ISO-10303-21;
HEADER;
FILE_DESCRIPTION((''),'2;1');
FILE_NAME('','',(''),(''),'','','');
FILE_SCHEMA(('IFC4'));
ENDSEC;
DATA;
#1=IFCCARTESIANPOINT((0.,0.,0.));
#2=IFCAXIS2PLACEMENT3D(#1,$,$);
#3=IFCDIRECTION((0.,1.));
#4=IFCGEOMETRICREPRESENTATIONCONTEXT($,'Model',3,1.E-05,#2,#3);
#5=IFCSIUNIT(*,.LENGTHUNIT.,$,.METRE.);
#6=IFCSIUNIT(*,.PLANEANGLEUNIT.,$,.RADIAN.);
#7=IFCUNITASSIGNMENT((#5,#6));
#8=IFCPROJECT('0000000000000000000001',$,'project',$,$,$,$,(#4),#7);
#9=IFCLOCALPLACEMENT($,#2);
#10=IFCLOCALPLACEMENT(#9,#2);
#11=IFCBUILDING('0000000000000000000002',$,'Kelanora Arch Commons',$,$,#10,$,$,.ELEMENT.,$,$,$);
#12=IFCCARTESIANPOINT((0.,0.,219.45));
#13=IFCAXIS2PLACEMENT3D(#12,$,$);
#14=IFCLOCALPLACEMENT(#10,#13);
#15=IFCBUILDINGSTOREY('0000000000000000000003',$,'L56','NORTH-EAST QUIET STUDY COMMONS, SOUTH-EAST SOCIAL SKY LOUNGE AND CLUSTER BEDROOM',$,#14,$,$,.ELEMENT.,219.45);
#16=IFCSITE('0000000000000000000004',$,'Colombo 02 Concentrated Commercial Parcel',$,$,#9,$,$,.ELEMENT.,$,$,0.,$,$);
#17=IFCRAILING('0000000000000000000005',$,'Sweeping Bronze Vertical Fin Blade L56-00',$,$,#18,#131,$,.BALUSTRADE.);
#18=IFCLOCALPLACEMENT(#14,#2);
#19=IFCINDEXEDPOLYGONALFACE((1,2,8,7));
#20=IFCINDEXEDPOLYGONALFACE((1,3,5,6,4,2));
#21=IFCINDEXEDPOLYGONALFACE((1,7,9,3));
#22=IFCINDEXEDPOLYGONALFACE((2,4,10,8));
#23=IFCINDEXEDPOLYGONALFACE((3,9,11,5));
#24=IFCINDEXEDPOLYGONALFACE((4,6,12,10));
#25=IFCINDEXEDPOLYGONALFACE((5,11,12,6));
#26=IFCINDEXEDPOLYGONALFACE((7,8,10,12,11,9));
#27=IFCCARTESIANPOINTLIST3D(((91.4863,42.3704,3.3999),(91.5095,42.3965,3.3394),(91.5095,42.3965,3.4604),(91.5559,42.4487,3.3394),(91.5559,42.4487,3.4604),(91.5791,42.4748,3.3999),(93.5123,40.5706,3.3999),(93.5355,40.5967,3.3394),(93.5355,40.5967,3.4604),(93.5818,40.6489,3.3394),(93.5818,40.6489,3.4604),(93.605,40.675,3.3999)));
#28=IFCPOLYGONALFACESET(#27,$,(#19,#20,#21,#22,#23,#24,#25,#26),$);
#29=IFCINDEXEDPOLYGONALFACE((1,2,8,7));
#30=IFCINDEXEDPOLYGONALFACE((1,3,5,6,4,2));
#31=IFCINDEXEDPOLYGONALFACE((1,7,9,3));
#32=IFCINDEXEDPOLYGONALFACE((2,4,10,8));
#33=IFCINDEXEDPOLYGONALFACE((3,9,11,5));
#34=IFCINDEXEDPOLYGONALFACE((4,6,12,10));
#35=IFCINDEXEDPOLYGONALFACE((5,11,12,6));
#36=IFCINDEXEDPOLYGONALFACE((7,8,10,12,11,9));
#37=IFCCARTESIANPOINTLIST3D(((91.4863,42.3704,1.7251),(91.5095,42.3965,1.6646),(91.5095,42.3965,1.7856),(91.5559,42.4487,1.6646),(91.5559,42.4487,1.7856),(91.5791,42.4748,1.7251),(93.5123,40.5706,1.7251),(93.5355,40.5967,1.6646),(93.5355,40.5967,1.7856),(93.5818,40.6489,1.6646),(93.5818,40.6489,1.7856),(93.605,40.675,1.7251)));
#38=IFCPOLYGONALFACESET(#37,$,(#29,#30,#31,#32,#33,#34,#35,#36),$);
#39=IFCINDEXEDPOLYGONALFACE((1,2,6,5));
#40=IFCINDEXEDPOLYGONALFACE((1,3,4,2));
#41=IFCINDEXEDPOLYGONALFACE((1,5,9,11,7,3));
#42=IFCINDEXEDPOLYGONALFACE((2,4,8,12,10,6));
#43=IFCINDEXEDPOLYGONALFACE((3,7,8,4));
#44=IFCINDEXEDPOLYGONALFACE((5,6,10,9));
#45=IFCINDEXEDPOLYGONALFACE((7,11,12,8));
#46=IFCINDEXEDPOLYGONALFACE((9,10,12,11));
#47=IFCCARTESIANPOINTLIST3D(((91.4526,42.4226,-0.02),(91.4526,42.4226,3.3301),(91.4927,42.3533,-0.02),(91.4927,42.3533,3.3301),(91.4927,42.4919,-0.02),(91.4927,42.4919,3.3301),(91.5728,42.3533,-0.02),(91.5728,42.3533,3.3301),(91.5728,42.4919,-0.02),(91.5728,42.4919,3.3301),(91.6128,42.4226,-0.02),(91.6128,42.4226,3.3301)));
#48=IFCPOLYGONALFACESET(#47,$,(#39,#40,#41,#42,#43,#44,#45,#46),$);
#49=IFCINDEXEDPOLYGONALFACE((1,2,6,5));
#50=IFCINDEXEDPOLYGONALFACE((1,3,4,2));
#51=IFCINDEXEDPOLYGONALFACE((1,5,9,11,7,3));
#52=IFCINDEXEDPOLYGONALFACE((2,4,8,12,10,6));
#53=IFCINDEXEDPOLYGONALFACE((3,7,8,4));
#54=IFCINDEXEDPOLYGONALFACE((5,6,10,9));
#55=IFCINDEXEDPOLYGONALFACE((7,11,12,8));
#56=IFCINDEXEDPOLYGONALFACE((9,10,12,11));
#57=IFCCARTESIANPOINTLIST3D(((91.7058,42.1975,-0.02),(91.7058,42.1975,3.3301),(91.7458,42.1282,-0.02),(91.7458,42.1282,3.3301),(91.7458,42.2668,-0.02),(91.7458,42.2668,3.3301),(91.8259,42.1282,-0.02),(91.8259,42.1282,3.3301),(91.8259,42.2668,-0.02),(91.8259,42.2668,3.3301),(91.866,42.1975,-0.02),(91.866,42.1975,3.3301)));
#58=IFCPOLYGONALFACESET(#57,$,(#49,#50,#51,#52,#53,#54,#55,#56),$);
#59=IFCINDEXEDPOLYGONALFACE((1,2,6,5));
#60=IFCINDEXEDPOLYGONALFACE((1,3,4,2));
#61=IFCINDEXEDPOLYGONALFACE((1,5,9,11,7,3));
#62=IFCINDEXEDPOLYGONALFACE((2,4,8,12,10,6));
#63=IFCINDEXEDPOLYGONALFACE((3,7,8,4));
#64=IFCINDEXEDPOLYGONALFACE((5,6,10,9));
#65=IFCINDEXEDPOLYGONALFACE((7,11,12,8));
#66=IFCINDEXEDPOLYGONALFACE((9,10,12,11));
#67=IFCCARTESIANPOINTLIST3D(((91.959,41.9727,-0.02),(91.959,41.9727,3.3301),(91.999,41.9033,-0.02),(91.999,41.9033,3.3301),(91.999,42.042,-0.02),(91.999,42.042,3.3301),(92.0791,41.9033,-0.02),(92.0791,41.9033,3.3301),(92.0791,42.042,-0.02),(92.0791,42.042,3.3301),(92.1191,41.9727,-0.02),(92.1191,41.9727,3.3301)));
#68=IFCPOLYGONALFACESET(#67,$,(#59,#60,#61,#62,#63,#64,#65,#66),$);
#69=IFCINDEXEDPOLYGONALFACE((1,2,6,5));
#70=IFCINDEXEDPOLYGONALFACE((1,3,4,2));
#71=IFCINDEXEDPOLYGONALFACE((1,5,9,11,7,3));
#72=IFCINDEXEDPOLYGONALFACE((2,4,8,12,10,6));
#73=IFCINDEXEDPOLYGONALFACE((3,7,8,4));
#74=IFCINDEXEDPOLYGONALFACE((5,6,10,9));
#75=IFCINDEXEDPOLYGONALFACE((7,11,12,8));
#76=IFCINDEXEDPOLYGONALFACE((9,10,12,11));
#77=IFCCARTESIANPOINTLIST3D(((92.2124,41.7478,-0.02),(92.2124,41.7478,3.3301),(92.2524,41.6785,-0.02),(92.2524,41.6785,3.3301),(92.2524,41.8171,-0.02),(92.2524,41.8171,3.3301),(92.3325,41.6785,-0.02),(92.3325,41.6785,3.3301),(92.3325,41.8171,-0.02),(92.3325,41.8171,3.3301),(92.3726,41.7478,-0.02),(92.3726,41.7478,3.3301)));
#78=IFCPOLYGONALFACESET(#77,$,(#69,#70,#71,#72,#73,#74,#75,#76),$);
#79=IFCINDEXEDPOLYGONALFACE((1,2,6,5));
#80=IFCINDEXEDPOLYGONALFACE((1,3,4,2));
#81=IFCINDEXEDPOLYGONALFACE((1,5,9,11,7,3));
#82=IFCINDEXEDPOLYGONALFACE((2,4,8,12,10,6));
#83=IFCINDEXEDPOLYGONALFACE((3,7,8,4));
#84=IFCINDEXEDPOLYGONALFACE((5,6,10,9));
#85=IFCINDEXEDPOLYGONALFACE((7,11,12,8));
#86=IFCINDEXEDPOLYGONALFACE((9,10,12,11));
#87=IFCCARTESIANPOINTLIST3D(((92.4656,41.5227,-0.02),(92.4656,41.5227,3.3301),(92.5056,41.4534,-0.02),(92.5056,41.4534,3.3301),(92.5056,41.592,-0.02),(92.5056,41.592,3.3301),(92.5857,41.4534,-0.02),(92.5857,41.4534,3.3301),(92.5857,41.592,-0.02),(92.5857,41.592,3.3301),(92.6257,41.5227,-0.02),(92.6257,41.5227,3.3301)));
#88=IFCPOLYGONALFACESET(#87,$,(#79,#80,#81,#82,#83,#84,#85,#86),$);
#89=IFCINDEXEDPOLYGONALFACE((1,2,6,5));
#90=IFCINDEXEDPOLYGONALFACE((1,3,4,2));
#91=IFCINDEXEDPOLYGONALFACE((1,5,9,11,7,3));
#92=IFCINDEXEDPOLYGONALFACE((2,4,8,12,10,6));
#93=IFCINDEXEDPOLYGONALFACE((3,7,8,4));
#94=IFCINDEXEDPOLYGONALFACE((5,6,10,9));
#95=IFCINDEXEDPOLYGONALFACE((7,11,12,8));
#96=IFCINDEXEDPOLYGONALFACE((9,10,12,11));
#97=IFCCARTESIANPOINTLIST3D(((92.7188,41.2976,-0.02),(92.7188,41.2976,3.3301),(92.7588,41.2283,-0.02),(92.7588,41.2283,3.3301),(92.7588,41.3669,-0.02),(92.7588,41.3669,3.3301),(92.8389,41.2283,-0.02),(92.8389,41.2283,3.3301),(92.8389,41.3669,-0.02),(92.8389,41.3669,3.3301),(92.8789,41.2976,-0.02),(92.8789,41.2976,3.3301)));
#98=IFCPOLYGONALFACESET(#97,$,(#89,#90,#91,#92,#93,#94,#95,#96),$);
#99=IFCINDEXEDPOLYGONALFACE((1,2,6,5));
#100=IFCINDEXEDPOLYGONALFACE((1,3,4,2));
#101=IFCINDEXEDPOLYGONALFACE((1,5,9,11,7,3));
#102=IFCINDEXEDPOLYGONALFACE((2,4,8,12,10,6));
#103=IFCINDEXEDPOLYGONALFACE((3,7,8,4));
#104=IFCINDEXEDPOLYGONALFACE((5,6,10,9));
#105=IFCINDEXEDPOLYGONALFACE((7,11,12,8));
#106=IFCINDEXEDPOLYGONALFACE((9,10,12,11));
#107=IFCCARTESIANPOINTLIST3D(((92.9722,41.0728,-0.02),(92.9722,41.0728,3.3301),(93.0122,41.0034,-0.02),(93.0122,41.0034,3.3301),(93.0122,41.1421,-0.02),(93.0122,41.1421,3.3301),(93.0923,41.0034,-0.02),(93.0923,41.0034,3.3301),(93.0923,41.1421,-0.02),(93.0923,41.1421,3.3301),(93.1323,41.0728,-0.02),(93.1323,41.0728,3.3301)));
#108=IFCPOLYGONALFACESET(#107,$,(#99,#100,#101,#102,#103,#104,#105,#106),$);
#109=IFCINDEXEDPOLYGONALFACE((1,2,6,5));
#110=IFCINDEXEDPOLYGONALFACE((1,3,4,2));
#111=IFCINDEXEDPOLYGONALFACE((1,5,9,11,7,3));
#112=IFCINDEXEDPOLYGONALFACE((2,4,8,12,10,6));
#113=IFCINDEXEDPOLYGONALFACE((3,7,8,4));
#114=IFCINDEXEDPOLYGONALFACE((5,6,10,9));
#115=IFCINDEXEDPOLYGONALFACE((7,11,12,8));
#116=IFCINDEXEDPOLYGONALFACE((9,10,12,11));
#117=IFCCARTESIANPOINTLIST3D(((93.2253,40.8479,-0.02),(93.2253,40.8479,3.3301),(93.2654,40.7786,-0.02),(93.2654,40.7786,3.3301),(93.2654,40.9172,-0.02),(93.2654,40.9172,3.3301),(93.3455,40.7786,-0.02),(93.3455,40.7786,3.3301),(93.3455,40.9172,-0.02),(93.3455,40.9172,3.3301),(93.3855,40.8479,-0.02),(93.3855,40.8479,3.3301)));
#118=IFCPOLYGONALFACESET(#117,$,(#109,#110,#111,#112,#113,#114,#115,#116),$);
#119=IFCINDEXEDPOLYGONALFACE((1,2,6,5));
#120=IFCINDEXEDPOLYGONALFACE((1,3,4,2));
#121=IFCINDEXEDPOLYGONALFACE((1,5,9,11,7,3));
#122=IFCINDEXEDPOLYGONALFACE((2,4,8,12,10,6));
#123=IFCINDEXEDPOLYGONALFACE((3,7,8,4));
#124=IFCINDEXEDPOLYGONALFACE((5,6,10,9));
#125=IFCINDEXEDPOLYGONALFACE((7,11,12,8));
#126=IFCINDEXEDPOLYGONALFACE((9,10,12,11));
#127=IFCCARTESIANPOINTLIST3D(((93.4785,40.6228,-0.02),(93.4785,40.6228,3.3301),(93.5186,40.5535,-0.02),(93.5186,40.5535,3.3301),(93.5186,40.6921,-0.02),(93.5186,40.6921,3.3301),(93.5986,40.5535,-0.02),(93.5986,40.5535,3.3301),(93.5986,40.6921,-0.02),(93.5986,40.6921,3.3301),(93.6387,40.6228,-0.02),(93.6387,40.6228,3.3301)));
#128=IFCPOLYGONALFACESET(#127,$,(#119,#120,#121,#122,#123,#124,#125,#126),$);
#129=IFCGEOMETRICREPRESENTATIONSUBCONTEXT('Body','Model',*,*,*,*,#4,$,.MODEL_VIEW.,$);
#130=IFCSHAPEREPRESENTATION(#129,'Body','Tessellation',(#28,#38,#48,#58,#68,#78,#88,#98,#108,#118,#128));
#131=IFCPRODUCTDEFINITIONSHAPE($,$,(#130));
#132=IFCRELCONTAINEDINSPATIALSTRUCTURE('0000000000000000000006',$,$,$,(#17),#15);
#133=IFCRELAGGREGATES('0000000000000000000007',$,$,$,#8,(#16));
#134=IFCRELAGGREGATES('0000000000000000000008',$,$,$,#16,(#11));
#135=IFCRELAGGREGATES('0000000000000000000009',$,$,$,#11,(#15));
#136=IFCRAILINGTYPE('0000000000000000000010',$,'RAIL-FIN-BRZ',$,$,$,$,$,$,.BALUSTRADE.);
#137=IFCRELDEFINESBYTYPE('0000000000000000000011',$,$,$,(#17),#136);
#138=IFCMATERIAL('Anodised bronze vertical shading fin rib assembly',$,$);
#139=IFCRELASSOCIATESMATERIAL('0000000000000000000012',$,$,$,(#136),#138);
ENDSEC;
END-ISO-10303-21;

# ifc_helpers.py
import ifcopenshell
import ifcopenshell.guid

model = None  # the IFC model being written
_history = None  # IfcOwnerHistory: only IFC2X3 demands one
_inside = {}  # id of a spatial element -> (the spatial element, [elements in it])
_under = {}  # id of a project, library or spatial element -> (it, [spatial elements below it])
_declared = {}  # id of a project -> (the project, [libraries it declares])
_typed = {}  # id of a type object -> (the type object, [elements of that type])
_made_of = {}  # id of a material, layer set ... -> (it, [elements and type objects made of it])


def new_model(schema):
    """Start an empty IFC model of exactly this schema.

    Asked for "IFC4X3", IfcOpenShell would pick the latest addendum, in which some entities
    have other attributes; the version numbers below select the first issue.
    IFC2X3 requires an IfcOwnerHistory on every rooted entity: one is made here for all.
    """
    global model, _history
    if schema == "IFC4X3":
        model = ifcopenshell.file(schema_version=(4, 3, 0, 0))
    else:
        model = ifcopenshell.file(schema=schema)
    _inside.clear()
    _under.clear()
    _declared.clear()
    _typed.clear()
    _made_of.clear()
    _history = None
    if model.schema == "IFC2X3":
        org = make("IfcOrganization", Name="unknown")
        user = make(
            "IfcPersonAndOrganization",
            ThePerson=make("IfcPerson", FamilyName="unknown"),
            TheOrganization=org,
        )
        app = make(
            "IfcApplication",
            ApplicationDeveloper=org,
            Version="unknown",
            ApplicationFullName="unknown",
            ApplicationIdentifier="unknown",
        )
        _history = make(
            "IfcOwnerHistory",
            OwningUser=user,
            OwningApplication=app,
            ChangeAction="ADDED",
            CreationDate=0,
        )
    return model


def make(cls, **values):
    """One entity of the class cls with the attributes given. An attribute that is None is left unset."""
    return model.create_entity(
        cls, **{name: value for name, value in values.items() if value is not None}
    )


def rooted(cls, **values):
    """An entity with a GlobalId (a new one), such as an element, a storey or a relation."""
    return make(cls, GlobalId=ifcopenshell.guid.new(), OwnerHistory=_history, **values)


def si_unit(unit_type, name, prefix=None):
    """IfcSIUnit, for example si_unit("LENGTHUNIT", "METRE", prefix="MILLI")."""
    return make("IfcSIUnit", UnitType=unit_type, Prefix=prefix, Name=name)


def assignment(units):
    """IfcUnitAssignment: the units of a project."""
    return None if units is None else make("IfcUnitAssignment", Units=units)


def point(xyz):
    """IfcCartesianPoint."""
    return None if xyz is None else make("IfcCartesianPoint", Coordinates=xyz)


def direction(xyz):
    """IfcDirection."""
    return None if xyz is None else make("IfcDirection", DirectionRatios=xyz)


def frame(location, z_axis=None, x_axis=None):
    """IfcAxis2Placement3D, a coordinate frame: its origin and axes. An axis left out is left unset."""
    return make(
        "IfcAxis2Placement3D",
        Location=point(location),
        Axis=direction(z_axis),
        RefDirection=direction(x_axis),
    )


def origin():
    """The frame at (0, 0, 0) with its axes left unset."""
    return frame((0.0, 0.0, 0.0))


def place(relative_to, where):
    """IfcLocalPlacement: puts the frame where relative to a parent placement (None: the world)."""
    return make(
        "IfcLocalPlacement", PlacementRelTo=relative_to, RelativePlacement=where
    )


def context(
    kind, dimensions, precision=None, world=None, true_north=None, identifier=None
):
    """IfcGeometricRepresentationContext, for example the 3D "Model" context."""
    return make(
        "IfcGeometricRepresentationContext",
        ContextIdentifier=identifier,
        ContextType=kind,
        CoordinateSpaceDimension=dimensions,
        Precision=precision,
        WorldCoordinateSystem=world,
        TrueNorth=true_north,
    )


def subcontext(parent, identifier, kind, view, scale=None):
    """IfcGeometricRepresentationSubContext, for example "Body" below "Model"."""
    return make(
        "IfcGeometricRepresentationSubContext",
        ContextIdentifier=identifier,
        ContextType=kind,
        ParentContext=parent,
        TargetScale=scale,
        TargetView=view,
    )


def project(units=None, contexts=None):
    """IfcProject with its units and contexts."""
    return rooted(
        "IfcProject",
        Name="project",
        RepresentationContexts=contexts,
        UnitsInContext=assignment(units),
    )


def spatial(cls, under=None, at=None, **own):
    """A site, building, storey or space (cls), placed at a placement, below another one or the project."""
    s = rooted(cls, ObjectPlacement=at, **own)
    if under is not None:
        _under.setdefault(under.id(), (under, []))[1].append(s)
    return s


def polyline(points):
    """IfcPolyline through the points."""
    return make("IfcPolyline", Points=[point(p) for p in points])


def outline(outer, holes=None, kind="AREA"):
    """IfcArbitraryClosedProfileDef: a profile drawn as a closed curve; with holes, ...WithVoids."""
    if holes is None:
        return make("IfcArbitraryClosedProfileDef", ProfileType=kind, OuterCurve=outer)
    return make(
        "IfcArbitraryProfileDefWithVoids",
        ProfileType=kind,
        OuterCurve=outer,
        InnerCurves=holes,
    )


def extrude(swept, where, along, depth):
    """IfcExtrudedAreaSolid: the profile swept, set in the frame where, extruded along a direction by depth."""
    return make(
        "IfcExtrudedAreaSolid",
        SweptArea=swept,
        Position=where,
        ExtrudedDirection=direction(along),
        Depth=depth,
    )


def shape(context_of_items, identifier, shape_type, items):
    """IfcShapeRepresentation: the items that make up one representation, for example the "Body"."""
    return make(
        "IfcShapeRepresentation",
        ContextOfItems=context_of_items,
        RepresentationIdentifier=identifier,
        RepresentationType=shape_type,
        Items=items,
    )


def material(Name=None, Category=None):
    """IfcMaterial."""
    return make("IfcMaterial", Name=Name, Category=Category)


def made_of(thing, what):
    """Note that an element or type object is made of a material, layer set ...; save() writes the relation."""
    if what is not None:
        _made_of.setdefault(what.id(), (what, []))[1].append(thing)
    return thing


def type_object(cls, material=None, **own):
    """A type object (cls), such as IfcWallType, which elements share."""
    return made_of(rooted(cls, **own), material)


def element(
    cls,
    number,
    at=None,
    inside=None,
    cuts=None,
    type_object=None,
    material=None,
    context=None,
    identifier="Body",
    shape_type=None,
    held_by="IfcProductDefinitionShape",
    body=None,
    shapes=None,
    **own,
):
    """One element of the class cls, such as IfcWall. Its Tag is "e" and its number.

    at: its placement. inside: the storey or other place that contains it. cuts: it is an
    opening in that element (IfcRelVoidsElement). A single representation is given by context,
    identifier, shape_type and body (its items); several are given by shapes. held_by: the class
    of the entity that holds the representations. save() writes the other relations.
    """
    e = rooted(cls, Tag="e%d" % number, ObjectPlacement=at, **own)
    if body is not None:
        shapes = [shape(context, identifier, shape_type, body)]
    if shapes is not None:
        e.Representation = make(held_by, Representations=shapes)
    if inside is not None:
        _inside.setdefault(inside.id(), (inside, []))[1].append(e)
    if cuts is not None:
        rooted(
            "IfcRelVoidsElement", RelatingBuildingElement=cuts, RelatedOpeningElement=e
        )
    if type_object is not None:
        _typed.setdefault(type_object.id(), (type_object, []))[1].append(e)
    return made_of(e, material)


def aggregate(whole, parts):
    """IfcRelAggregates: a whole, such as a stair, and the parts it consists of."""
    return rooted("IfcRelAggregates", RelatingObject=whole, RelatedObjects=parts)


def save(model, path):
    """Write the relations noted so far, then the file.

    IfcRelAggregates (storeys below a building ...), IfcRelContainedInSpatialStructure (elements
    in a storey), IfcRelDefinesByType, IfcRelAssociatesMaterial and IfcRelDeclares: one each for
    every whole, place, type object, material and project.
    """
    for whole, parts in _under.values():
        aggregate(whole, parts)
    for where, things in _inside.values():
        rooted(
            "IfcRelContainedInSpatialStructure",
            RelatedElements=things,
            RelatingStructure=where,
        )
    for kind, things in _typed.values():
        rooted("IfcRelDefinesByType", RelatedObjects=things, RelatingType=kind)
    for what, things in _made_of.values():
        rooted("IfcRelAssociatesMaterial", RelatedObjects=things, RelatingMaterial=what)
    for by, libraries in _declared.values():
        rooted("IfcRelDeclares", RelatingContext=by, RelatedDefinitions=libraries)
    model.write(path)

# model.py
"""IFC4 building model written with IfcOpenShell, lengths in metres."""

from ifc_helpers import new_model, si_unit, direction, frame, origin, place, context, subcontext, project, spatial, polyline, outline, extrude, material, type_object, element, save


model = new_model("IFC4")

# Units and contexts
model_context = context("Model", 3, precision=1e-05, world=origin(), true_north=direction((0.0, 1.0)))
body_context = subcontext(model_context, "Body", "Model", "MODEL_VIEW")
ifc_project = project(units=[si_unit("LENGTHUNIT", "METRE"), si_unit("PLANEANGLEUNIT", "RADIAN")], contexts=[model_context])

# Site, building, storey
site_placement = place(None, origin())
site = spatial("IfcSite", under=ifc_project, at=site_placement, Name="Colombo 02 Concentrated Commercial Parcel", CompositionType="ELEMENT", RefElevation=0.0)
building_placement = place(site_placement, origin())
building = spatial("IfcBuilding", under=site, at=building_placement, Name="Kelanora Arch Commons", CompositionType="ELEMENT")
storey_placement = place(building_placement, frame((0.0, 0.0, 219.45)))
storey = spatial("IfcBuildingStorey", under=building, at=storey_placement, Name="L56", Description="NORTH-EAST QUIET STUDY COMMONS, SOUTH-EAST SOCIAL SKY LOUNGE AND CLUSTER BEDROOM", CompositionType="ELEMENT", Elevation=219.45)

# Railing
ifc_material_1 = material(Name="Anodised bronze vertical shading fin rib assembly")
railing_type = type_object("IfcRailingType", Name="RAIL-FIN-BRZ", PredefinedType="BALUSTRADE", material=ifc_material_1)
railing_1_placement = place(storey_placement, frame((91.5327, 42.4226, -0.02)))
element("IfcRailing", 1, at=railing_1_placement, inside=storey, type_object=railing_type, Name="Sweeping Bronze Vertical Fin Blade L56-00", PredefinedType="BALUSTRADE", context=body_context, shape_type="SweptSolid", body=[
    extrude(outline(polyline([(0.0698, 0.0), (0.0349, 0.0605), (-0.0349, 0.0605), (-0.0698, 0.0), (-0.0349, -0.0605), (0.0349, -0.0605), (0.0698, 0.0)])), frame((0.0, 0.0, 3.4199), z_axis=(0.747588, -0.664163, 0.0), x_axis=(0.664163, 0.747588, 0.0)), (0.0, 0.0, 1.0), 2.71),
    extrude(outline(polyline([(0.0698, 0.0), (0.0349, 0.0605), (-0.0349, 0.0605), (-0.0698, 0.0), (-0.0349, -0.0605), (0.0349, -0.0605), (0.0698, 0.0)])), frame((0.0, 0.0, 1.7451), z_axis=(0.747588, -0.664163, 0.0), x_axis=(0.664163, 0.747588, 0.0)), (0.0, 0.0, 1.0), 2.71),
    extrude(outline(polyline([(0.0801, 0.0), (0.04, 0.0693), (-0.04, 0.0693), (-0.0801, 0.0), (-0.04, -0.0693), (0.04, -0.0693), (0.0801, 0.0)])), origin(), (0.0, 0.0, 1.0), 3.3501),
    extrude(outline(polyline([(0.0801, 0.0), (0.04, 0.0693), (-0.04, 0.0693), (-0.0801, 0.0), (-0.04, -0.0693), (0.04, -0.0693), (0.0801, 0.0)])), frame((0.2532, -0.2251, 0.0)), (0.0, 0.0, 1.0), 3.3501),
    extrude(outline(polyline([(0.0801, 0.0), (0.04, 0.0693), (-0.04, 0.0693), (-0.0801, 0.0), (-0.04, -0.0693), (0.04, -0.0693), (0.0801, 0.0)])), frame((0.5063, -0.45, 0.0)), (0.0, 0.0, 1.0), 3.3501),
    extrude(outline(polyline([(0.0801, 0.0), (0.04, 0.0693), (-0.04, 0.0693), (-0.0801, 0.0), (-0.04, -0.0693), (0.04, -0.0693), (0.0801, 0.0)])), frame((0.7598, -0.6748, 0.0)), (0.0, 0.0, 1.0), 3.3501),
    extrude(outline(polyline([(0.0801, 0.0), (0.04, 0.0693), (-0.04, 0.0693), (-0.0801, 0.0), (-0.04, -0.0693), (0.04, -0.0693), (0.0801, 0.0)])), frame((1.0129, -0.8999, 0.0)), (0.0, 0.0, 1.0), 3.3501),
    extrude(outline(polyline([(0.0801, 0.0), (0.04, 0.0693), (-0.04, 0.0693), (-0.0801, 0.0), (-0.04, -0.0693), (0.04, -0.0693), (0.0801, 0.0)])), frame((1.2661, -1.125, 0.0)), (0.0, 0.0, 1.0), 3.3501),
    extrude(outline(polyline([(0.0801, 0.0), (0.04, 0.0693), (-0.04, 0.0693), (-0.0801, 0.0), (-0.04, -0.0693), (0.04, -0.0693), (0.0801, 0.0)])), frame((1.5195, -1.3499, 0.0)), (0.0, 0.0, 1.0), 3.3501),
    extrude(outline(polyline([(0.0801, 0.0), (0.04, 0.0693), (-0.04, 0.0693), (-0.0801, 0.0), (-0.04, -0.0693), (0.04, -0.0693), (0.0801, 0.0)])), frame((1.7727, -1.5747, 0.0)), (0.0, 0.0, 1.0), 3.3501),
    extrude(outline(polyline([(0.0801, 0.0), (0.04, 0.0693), (-0.04, 0.0693), (-0.0801, 0.0), (-0.04, -0.0693), (0.04, -0.0693), (0.0801, 0.0)])), frame((2.0259, -1.7998, 0.0)), (0.0, 0.0, 1.0), 3.3501),
])

save(model, "model.ifc")
